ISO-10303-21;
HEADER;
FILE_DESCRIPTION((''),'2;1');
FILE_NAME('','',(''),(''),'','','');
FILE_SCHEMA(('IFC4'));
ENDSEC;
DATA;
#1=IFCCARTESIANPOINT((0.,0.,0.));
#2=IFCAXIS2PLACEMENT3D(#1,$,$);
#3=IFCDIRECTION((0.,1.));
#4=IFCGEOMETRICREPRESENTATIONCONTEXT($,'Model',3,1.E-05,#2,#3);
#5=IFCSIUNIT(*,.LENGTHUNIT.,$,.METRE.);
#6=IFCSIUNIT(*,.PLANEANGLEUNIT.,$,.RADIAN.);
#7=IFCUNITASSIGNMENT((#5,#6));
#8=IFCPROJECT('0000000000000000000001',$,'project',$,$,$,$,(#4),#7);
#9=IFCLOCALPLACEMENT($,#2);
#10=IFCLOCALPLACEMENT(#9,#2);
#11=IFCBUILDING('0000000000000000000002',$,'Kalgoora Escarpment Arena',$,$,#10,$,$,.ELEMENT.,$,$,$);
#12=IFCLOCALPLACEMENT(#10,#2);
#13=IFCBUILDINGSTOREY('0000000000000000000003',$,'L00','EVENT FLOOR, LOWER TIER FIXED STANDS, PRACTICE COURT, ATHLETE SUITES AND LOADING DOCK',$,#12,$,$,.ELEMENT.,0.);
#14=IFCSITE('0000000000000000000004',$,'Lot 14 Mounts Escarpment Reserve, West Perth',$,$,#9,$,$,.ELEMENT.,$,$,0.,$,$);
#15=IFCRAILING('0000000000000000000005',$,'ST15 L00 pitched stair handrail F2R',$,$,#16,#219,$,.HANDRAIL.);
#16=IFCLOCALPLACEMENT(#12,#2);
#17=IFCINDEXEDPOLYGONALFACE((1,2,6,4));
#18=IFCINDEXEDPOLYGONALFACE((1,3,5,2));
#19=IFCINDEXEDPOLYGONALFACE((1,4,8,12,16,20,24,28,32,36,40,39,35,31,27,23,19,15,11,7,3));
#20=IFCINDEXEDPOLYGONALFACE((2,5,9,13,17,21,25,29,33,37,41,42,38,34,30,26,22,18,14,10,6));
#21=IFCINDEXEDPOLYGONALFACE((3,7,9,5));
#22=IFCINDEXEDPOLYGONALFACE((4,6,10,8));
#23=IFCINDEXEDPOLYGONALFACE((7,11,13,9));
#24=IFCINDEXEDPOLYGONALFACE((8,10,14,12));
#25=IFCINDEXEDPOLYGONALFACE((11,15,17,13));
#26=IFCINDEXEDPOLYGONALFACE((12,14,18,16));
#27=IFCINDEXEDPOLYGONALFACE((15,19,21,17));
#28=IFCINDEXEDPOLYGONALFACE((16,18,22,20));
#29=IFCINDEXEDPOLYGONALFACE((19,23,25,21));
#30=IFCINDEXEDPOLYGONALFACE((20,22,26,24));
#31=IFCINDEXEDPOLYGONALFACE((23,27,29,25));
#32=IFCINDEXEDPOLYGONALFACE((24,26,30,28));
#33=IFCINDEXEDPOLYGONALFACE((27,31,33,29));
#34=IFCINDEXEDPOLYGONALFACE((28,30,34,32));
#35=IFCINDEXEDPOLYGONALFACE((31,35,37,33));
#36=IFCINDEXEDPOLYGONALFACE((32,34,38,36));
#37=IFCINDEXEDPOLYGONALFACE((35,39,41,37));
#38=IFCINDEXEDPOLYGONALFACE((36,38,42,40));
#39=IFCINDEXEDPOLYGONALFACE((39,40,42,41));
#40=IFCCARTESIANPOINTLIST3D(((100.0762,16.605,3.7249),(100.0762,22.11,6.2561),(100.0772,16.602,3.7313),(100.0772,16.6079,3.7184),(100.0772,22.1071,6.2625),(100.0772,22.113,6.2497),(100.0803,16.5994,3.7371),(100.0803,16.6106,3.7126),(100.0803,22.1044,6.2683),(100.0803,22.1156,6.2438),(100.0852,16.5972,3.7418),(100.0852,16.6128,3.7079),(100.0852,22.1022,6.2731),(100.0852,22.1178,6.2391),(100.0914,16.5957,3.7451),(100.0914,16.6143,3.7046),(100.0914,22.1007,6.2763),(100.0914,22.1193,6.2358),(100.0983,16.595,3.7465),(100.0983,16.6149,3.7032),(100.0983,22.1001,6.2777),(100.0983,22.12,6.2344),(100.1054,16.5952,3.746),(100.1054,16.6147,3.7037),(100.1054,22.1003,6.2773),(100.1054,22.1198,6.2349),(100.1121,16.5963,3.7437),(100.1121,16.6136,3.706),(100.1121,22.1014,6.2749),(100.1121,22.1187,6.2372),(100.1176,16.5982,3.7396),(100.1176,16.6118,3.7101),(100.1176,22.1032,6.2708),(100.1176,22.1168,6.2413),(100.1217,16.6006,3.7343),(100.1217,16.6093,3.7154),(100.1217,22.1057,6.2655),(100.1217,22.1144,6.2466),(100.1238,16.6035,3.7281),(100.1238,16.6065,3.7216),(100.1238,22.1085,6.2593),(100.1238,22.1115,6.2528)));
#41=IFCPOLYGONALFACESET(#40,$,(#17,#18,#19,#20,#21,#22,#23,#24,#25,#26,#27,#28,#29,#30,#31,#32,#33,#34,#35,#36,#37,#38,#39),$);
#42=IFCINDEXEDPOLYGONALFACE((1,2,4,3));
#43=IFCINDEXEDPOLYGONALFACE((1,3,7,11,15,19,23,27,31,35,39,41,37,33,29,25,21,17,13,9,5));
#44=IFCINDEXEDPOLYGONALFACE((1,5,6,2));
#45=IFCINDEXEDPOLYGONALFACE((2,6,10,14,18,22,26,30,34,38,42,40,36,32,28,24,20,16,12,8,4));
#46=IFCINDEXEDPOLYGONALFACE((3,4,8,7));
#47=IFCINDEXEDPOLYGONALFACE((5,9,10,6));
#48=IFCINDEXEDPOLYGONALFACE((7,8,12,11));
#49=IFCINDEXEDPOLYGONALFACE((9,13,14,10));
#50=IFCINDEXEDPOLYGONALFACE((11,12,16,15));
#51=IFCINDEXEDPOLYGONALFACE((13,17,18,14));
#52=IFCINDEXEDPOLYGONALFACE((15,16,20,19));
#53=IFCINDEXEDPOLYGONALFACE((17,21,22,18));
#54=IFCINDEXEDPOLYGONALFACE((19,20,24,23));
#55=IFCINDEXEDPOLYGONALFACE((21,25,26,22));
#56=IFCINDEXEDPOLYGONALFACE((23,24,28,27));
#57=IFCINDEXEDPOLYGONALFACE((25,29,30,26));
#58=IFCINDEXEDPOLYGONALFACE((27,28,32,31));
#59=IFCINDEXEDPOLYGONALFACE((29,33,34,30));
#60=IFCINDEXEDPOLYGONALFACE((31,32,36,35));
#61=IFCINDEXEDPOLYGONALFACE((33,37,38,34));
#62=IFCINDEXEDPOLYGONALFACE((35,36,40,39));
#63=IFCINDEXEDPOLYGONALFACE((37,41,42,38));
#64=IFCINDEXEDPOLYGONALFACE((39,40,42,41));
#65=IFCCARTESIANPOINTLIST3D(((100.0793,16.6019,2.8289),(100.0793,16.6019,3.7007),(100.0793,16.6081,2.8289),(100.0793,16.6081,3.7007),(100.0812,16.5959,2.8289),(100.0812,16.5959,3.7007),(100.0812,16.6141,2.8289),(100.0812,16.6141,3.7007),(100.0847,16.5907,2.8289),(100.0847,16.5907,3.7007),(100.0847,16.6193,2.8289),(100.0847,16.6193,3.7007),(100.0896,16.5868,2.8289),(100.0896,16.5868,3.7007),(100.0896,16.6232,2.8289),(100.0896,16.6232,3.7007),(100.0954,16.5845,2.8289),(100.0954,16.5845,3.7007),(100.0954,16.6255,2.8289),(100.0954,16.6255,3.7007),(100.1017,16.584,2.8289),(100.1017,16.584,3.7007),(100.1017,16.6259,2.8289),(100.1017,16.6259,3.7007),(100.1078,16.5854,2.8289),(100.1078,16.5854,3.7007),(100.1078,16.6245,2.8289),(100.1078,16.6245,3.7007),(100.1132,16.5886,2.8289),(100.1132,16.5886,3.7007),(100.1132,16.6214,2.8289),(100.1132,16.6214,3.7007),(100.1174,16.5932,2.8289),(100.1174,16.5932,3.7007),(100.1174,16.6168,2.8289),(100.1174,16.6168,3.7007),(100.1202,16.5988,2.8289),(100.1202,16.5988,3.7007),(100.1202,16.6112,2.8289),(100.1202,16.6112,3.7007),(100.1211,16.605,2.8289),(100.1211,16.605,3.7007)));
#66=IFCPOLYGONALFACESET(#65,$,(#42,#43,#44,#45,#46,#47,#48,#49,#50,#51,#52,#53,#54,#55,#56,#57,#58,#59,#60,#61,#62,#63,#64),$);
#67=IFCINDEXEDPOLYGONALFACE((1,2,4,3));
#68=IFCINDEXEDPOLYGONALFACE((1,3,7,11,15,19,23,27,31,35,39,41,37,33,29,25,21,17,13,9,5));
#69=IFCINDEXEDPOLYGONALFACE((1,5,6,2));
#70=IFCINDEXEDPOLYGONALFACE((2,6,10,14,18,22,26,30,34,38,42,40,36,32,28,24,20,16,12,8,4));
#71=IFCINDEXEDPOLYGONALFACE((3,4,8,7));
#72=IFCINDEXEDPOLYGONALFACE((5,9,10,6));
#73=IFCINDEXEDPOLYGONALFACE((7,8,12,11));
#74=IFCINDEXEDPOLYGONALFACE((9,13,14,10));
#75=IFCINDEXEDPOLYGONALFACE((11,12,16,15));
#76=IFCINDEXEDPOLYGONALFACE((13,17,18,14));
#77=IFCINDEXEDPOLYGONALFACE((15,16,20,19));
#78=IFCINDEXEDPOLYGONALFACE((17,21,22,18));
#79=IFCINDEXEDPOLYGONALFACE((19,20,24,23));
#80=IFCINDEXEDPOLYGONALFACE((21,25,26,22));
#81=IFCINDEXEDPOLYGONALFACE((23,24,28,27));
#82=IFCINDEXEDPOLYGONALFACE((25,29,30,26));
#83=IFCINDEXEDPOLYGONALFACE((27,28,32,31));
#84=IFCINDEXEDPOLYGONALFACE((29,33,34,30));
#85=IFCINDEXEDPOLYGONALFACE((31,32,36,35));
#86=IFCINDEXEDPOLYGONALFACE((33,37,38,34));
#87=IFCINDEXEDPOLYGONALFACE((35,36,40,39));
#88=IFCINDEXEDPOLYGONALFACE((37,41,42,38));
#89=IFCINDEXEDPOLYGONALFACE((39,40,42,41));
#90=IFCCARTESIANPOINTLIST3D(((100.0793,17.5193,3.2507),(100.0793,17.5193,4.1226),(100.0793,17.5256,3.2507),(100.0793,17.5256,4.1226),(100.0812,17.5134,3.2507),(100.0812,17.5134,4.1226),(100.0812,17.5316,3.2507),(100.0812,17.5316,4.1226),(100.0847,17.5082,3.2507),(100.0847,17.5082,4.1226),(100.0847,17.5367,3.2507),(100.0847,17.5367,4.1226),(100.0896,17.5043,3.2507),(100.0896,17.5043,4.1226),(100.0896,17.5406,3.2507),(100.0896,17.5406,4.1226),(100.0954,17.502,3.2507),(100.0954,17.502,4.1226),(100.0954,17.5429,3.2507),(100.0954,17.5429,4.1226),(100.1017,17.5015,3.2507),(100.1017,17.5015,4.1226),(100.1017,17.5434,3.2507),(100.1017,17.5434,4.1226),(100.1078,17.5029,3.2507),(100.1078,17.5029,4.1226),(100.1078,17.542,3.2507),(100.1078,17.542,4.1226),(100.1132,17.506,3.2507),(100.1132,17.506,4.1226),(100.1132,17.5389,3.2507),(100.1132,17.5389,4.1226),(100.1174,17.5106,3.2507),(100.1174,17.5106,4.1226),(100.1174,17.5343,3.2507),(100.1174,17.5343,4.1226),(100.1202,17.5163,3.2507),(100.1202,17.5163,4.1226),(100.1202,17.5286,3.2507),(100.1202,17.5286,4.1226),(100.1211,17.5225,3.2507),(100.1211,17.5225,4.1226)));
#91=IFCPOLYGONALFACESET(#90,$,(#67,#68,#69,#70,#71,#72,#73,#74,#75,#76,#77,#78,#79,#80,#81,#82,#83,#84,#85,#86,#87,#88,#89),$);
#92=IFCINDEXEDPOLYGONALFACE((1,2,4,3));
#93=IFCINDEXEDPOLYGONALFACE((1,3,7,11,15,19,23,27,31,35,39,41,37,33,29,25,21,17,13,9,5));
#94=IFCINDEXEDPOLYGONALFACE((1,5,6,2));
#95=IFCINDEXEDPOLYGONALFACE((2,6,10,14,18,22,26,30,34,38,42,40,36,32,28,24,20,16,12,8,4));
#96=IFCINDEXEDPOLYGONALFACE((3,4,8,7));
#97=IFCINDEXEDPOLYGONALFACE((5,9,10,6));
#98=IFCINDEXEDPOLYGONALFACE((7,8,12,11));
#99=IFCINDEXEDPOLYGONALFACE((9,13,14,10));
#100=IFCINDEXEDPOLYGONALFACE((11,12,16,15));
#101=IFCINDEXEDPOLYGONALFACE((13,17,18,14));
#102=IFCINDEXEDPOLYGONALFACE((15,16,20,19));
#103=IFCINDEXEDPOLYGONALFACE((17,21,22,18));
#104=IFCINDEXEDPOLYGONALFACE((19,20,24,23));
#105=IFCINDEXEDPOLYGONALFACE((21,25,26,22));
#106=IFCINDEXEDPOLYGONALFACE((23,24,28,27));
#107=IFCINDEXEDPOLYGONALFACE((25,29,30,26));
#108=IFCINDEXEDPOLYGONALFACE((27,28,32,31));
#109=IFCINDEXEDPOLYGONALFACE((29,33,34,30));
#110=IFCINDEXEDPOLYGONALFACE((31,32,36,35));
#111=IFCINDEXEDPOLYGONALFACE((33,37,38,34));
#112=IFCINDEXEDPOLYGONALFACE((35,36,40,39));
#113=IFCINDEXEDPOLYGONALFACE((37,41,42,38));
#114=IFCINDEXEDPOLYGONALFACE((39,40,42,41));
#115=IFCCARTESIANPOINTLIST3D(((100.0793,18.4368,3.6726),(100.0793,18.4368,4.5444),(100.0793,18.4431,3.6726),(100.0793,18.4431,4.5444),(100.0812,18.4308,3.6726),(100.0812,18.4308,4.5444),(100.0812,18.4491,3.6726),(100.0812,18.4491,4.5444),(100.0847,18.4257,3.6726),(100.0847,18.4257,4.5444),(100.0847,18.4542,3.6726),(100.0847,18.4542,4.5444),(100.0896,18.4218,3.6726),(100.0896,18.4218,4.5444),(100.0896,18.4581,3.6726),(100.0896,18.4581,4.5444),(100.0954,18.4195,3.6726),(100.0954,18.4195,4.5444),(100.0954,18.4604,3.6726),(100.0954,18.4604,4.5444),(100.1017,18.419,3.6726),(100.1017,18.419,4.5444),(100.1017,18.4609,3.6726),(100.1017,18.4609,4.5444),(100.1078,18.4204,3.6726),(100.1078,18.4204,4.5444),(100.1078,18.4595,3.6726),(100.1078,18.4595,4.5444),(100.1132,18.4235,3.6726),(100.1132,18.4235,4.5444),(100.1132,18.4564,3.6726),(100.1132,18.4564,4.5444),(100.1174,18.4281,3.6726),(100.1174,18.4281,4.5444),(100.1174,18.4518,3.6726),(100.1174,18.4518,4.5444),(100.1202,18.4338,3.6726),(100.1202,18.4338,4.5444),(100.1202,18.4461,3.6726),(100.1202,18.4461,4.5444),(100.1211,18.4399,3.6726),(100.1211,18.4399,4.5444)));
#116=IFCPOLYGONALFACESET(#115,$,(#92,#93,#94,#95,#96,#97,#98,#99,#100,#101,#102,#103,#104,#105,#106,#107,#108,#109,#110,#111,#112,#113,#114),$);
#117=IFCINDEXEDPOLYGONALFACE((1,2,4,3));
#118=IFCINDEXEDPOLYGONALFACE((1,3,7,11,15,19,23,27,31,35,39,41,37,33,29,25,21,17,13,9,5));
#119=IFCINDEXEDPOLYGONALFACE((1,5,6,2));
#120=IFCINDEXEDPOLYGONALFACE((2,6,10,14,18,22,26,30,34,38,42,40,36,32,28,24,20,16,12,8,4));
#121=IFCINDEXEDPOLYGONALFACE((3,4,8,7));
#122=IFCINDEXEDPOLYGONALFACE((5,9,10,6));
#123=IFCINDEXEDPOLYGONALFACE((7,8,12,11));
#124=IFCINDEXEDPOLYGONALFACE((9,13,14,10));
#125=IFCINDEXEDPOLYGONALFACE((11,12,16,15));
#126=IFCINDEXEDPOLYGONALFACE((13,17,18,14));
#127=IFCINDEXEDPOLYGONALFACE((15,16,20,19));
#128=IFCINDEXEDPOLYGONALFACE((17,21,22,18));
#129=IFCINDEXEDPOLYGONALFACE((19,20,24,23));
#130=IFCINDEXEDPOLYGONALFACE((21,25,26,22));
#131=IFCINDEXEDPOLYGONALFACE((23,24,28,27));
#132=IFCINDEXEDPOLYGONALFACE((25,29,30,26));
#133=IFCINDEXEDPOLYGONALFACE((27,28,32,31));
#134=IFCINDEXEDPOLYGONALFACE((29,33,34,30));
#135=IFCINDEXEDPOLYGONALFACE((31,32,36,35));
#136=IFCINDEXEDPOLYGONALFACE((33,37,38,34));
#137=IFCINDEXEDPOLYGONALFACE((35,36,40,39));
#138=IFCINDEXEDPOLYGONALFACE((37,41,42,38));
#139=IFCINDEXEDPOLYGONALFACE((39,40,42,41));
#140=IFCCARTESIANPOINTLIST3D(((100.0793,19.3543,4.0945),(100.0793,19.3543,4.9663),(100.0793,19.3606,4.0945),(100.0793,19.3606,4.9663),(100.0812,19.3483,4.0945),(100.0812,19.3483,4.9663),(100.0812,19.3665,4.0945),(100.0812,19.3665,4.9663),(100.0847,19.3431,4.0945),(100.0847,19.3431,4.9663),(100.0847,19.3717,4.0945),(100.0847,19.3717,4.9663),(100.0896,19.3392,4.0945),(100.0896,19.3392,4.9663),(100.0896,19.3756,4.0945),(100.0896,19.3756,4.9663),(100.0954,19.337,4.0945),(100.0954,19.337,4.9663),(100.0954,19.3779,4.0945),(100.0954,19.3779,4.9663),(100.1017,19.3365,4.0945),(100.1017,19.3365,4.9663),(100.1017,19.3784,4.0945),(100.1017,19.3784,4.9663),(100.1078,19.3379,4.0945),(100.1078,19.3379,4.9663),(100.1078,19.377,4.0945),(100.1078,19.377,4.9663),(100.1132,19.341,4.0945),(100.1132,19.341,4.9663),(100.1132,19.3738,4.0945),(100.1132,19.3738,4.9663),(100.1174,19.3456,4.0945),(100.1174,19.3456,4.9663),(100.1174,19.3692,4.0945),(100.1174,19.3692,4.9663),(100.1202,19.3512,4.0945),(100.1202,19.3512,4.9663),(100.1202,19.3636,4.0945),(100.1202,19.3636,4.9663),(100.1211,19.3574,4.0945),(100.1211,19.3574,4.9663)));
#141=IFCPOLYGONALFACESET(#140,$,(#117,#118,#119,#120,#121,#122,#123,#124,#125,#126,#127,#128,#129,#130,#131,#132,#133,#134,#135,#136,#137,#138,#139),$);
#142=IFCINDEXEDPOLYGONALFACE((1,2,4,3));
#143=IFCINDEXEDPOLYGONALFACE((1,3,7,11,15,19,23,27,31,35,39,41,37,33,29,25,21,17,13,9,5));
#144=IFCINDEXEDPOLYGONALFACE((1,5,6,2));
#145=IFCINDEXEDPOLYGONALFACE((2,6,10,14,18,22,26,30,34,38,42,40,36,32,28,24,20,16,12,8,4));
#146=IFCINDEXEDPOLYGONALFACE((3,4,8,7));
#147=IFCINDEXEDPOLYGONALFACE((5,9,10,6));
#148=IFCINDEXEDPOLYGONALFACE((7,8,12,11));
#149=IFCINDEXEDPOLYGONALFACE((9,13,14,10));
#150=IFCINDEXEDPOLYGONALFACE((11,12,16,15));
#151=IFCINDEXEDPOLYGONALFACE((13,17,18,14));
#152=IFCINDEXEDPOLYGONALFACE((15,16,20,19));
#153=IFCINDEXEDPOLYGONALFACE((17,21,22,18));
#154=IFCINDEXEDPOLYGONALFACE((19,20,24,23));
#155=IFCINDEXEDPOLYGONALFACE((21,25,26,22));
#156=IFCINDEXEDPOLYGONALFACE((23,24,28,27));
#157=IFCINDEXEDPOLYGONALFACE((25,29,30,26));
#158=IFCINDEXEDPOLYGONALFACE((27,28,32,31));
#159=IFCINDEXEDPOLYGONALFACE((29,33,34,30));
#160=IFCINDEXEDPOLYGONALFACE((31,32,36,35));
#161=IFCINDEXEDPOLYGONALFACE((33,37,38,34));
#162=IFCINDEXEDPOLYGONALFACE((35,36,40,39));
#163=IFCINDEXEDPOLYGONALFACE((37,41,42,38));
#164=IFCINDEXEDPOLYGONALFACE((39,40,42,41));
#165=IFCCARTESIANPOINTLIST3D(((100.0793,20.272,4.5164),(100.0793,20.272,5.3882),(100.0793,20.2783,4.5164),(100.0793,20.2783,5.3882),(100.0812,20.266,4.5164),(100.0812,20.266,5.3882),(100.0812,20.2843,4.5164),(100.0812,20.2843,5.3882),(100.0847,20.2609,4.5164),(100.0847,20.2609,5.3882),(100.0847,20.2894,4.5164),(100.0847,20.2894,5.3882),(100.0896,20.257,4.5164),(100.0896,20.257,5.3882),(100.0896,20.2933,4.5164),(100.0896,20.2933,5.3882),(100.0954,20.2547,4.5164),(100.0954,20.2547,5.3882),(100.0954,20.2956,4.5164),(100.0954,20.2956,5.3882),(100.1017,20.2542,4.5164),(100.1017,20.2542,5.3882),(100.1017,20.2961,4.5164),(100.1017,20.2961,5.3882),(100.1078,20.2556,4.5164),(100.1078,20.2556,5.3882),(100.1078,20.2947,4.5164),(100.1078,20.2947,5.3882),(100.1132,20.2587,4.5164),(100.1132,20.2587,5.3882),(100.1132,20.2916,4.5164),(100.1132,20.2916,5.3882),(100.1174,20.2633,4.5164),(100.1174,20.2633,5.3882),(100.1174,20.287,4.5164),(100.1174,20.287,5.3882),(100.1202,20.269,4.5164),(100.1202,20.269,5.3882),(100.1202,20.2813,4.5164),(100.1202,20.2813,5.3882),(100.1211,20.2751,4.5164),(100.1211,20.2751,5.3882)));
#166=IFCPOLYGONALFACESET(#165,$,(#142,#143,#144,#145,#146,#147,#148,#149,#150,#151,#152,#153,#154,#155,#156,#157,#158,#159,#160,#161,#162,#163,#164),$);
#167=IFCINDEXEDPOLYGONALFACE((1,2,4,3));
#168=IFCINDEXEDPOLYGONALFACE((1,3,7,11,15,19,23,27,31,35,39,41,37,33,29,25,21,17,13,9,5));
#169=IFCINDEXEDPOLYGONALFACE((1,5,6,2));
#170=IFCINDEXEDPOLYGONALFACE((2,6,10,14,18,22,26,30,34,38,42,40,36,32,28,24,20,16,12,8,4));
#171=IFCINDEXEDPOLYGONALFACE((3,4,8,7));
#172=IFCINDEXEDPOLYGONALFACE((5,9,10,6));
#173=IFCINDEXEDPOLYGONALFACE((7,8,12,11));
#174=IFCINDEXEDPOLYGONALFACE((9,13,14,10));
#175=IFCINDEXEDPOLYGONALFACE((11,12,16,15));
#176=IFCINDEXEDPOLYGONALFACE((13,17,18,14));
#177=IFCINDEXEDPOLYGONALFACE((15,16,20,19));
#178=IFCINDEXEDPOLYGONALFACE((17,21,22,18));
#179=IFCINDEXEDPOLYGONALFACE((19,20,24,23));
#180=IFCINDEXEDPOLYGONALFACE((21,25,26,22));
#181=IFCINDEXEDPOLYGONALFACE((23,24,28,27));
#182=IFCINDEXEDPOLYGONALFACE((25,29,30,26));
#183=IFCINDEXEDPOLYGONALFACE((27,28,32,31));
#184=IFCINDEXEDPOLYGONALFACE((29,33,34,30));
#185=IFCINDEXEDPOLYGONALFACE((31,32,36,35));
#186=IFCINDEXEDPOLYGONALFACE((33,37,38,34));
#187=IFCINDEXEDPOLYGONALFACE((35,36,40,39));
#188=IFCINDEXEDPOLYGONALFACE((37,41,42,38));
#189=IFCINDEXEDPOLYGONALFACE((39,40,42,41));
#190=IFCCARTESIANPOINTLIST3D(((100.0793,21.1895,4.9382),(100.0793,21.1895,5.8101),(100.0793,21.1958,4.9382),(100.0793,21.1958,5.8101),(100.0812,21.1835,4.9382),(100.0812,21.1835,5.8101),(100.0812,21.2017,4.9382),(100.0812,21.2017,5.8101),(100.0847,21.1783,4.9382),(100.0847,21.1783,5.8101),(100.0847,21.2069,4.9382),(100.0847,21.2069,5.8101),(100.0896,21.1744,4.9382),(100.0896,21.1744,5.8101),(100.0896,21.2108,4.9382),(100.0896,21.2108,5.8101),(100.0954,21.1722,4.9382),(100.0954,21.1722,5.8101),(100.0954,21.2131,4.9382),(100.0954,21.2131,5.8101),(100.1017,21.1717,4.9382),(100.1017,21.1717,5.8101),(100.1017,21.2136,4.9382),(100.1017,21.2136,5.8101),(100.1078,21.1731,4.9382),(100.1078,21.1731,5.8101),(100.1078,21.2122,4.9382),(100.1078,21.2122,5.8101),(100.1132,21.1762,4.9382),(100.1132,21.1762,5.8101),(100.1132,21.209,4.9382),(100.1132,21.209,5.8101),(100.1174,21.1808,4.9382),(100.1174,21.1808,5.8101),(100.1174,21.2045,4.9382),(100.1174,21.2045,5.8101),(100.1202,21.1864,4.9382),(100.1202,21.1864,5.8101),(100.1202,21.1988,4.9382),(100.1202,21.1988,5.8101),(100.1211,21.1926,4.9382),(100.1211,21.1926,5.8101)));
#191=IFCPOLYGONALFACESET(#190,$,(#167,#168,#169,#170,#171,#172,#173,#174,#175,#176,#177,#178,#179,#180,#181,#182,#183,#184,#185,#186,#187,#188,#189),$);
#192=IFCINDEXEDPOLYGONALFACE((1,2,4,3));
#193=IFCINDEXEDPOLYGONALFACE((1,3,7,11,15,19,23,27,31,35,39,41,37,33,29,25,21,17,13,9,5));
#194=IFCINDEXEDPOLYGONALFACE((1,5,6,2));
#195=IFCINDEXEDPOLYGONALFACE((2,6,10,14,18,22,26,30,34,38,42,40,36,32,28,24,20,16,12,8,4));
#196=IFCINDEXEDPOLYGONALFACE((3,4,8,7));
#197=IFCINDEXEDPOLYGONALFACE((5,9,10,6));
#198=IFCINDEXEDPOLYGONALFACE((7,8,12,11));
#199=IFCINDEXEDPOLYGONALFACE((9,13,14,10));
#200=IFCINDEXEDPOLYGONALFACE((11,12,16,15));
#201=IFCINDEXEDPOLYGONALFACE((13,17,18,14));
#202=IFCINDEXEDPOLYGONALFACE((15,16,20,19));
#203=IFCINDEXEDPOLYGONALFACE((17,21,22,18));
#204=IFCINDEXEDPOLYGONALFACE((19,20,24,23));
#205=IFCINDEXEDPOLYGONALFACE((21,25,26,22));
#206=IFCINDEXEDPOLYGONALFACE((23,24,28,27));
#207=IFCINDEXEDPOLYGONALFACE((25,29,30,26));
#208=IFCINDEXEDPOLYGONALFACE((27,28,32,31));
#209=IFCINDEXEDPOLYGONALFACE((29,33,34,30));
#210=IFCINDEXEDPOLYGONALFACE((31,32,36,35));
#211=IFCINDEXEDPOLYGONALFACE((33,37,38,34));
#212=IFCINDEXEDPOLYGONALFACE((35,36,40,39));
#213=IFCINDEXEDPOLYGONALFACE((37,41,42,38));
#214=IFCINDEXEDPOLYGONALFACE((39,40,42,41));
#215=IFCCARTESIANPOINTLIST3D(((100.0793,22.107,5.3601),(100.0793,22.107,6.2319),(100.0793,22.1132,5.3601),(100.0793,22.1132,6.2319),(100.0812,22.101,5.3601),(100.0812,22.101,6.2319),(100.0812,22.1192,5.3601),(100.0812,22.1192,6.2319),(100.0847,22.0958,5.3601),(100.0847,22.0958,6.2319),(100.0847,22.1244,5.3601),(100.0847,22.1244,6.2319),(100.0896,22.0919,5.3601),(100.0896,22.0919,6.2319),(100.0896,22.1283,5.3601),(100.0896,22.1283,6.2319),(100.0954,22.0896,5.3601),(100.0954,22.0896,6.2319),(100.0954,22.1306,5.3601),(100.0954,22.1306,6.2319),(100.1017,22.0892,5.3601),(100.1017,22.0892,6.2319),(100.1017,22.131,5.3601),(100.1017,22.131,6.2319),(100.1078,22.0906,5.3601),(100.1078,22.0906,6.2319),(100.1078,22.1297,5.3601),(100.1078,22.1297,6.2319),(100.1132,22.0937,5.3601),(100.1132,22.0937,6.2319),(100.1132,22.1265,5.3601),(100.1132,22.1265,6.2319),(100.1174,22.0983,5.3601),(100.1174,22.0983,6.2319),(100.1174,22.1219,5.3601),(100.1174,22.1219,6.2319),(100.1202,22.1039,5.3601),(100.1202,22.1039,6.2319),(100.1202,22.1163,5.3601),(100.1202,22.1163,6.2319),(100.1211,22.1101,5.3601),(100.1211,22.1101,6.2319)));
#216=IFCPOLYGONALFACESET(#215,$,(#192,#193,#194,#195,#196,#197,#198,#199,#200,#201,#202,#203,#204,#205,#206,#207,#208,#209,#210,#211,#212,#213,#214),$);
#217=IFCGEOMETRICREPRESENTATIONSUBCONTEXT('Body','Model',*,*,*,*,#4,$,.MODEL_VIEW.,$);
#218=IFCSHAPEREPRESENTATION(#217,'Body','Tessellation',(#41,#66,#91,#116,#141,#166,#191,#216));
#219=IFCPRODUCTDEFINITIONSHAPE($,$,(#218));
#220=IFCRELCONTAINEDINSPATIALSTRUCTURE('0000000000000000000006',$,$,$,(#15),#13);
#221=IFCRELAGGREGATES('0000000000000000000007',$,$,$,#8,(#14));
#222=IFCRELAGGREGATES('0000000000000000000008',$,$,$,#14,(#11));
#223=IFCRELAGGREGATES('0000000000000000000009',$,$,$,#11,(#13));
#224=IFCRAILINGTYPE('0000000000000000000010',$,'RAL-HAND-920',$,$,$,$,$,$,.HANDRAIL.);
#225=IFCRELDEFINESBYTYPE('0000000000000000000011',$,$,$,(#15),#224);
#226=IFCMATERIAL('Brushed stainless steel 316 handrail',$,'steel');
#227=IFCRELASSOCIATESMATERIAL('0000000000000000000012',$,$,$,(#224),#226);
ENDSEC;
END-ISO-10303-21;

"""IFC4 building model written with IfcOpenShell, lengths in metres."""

from ifc_helpers import new_model, si_unit, direction, frame, origin, origin_2d, place, context, subcontext, project, spatial, circle, extrude, material, type_object, element, save


model = new_model("IFC4")

# Units and contexts
model_context = context("Model", 3, precision=1e-05, world=origin(), true_north=direction((0.0, 1.0)))
body_context = subcontext(model_context, "Body", "Model", "MODEL_VIEW")
ifc_project = project(units=[si_unit("LENGTHUNIT", "METRE"), si_unit("PLANEANGLEUNIT", "RADIAN")], contexts=[model_context])

# Site, building, storey
site_placement = place(None, origin())
site = spatial("IfcSite", under=ifc_project, at=site_placement, Name="Lot 14 Mounts Escarpment Reserve, West Perth", CompositionType="ELEMENT", RefElevation=0.0)
building_placement = place(site_placement, origin())
building = spatial("IfcBuilding", under=site, at=building_placement, Name="Kalgoora Escarpment Arena", CompositionType="ELEMENT")
storey_placement = place(building_placement, origin())
storey = spatial("IfcBuildingStorey", under=building, at=storey_placement, Name="L00", Description="EVENT FLOOR, LOWER TIER FIXED STANDS, PRACTICE COURT, ATHLETE SUITES AND LOADING DOCK", CompositionType="ELEMENT", Elevation=0.0)

# Railing
ifc_material_1 = material(Name="Brushed stainless steel 316 handrail", Category="steel")
railing_type_1 = type_object("IfcRailingType", Name="RAL-HAND-920", PredefinedType="HANDRAIL", material=ifc_material_1)
for number, where, name in (
    (1, (100.1001, 16.605, 2.8289), "ST15 L00 pitched stair handrail F2R"),
):
    element("IfcRailing", number, at=place(storey_placement, frame(where)), inside=storey, type_object=railing_type_1, Name=name, PredefinedType="HANDRAIL", context=body_context, shape_type="SweptSolid", body=[
        extrude(circle(Radius=0.0239, at=origin_2d()), frame((0.0, 0.0, 0.896), z_axis=(0.0, 0.90856, 0.417755), x_axis=(-1.0, 0.0, 0.0)), (0.0, 0.0, 1.0), 6.0591),
        extrude(circle(Radius=0.021, at=origin_2d()), origin(), (0.0, 0.0, 1.0), 0.8718),
        extrude(circle(Radius=0.021, at=origin_2d()), frame((0.0, 0.9175, 0.4219)), (0.0, 0.0, 1.0), 0.8718),
        extrude(circle(Radius=0.021, at=origin_2d()), frame((0.0, 1.835, 0.8438)), (0.0, 0.0, 1.0), 0.8718),
        extrude(circle(Radius=0.021, at=origin_2d()), frame((0.0, 2.7524, 1.2656)), (0.0, 0.0, 1.0), 0.8718),
        extrude(circle(Radius=0.021, at=origin_2d()), frame((0.0, 3.6702, 1.6875)), (0.0, 0.0, 1.0), 0.8718),
        extrude(circle(Radius=0.021, at=origin_2d()), frame((0.0, 4.5876, 2.1094)), (0.0, 0.0, 1.0), 0.8718),
        extrude(circle(Radius=0.021, at=origin_2d()), frame((0.0, 5.5051, 2.5312)), (0.0, 0.0, 1.0), 0.8718),
    ])

save(model, "model.ifc")
